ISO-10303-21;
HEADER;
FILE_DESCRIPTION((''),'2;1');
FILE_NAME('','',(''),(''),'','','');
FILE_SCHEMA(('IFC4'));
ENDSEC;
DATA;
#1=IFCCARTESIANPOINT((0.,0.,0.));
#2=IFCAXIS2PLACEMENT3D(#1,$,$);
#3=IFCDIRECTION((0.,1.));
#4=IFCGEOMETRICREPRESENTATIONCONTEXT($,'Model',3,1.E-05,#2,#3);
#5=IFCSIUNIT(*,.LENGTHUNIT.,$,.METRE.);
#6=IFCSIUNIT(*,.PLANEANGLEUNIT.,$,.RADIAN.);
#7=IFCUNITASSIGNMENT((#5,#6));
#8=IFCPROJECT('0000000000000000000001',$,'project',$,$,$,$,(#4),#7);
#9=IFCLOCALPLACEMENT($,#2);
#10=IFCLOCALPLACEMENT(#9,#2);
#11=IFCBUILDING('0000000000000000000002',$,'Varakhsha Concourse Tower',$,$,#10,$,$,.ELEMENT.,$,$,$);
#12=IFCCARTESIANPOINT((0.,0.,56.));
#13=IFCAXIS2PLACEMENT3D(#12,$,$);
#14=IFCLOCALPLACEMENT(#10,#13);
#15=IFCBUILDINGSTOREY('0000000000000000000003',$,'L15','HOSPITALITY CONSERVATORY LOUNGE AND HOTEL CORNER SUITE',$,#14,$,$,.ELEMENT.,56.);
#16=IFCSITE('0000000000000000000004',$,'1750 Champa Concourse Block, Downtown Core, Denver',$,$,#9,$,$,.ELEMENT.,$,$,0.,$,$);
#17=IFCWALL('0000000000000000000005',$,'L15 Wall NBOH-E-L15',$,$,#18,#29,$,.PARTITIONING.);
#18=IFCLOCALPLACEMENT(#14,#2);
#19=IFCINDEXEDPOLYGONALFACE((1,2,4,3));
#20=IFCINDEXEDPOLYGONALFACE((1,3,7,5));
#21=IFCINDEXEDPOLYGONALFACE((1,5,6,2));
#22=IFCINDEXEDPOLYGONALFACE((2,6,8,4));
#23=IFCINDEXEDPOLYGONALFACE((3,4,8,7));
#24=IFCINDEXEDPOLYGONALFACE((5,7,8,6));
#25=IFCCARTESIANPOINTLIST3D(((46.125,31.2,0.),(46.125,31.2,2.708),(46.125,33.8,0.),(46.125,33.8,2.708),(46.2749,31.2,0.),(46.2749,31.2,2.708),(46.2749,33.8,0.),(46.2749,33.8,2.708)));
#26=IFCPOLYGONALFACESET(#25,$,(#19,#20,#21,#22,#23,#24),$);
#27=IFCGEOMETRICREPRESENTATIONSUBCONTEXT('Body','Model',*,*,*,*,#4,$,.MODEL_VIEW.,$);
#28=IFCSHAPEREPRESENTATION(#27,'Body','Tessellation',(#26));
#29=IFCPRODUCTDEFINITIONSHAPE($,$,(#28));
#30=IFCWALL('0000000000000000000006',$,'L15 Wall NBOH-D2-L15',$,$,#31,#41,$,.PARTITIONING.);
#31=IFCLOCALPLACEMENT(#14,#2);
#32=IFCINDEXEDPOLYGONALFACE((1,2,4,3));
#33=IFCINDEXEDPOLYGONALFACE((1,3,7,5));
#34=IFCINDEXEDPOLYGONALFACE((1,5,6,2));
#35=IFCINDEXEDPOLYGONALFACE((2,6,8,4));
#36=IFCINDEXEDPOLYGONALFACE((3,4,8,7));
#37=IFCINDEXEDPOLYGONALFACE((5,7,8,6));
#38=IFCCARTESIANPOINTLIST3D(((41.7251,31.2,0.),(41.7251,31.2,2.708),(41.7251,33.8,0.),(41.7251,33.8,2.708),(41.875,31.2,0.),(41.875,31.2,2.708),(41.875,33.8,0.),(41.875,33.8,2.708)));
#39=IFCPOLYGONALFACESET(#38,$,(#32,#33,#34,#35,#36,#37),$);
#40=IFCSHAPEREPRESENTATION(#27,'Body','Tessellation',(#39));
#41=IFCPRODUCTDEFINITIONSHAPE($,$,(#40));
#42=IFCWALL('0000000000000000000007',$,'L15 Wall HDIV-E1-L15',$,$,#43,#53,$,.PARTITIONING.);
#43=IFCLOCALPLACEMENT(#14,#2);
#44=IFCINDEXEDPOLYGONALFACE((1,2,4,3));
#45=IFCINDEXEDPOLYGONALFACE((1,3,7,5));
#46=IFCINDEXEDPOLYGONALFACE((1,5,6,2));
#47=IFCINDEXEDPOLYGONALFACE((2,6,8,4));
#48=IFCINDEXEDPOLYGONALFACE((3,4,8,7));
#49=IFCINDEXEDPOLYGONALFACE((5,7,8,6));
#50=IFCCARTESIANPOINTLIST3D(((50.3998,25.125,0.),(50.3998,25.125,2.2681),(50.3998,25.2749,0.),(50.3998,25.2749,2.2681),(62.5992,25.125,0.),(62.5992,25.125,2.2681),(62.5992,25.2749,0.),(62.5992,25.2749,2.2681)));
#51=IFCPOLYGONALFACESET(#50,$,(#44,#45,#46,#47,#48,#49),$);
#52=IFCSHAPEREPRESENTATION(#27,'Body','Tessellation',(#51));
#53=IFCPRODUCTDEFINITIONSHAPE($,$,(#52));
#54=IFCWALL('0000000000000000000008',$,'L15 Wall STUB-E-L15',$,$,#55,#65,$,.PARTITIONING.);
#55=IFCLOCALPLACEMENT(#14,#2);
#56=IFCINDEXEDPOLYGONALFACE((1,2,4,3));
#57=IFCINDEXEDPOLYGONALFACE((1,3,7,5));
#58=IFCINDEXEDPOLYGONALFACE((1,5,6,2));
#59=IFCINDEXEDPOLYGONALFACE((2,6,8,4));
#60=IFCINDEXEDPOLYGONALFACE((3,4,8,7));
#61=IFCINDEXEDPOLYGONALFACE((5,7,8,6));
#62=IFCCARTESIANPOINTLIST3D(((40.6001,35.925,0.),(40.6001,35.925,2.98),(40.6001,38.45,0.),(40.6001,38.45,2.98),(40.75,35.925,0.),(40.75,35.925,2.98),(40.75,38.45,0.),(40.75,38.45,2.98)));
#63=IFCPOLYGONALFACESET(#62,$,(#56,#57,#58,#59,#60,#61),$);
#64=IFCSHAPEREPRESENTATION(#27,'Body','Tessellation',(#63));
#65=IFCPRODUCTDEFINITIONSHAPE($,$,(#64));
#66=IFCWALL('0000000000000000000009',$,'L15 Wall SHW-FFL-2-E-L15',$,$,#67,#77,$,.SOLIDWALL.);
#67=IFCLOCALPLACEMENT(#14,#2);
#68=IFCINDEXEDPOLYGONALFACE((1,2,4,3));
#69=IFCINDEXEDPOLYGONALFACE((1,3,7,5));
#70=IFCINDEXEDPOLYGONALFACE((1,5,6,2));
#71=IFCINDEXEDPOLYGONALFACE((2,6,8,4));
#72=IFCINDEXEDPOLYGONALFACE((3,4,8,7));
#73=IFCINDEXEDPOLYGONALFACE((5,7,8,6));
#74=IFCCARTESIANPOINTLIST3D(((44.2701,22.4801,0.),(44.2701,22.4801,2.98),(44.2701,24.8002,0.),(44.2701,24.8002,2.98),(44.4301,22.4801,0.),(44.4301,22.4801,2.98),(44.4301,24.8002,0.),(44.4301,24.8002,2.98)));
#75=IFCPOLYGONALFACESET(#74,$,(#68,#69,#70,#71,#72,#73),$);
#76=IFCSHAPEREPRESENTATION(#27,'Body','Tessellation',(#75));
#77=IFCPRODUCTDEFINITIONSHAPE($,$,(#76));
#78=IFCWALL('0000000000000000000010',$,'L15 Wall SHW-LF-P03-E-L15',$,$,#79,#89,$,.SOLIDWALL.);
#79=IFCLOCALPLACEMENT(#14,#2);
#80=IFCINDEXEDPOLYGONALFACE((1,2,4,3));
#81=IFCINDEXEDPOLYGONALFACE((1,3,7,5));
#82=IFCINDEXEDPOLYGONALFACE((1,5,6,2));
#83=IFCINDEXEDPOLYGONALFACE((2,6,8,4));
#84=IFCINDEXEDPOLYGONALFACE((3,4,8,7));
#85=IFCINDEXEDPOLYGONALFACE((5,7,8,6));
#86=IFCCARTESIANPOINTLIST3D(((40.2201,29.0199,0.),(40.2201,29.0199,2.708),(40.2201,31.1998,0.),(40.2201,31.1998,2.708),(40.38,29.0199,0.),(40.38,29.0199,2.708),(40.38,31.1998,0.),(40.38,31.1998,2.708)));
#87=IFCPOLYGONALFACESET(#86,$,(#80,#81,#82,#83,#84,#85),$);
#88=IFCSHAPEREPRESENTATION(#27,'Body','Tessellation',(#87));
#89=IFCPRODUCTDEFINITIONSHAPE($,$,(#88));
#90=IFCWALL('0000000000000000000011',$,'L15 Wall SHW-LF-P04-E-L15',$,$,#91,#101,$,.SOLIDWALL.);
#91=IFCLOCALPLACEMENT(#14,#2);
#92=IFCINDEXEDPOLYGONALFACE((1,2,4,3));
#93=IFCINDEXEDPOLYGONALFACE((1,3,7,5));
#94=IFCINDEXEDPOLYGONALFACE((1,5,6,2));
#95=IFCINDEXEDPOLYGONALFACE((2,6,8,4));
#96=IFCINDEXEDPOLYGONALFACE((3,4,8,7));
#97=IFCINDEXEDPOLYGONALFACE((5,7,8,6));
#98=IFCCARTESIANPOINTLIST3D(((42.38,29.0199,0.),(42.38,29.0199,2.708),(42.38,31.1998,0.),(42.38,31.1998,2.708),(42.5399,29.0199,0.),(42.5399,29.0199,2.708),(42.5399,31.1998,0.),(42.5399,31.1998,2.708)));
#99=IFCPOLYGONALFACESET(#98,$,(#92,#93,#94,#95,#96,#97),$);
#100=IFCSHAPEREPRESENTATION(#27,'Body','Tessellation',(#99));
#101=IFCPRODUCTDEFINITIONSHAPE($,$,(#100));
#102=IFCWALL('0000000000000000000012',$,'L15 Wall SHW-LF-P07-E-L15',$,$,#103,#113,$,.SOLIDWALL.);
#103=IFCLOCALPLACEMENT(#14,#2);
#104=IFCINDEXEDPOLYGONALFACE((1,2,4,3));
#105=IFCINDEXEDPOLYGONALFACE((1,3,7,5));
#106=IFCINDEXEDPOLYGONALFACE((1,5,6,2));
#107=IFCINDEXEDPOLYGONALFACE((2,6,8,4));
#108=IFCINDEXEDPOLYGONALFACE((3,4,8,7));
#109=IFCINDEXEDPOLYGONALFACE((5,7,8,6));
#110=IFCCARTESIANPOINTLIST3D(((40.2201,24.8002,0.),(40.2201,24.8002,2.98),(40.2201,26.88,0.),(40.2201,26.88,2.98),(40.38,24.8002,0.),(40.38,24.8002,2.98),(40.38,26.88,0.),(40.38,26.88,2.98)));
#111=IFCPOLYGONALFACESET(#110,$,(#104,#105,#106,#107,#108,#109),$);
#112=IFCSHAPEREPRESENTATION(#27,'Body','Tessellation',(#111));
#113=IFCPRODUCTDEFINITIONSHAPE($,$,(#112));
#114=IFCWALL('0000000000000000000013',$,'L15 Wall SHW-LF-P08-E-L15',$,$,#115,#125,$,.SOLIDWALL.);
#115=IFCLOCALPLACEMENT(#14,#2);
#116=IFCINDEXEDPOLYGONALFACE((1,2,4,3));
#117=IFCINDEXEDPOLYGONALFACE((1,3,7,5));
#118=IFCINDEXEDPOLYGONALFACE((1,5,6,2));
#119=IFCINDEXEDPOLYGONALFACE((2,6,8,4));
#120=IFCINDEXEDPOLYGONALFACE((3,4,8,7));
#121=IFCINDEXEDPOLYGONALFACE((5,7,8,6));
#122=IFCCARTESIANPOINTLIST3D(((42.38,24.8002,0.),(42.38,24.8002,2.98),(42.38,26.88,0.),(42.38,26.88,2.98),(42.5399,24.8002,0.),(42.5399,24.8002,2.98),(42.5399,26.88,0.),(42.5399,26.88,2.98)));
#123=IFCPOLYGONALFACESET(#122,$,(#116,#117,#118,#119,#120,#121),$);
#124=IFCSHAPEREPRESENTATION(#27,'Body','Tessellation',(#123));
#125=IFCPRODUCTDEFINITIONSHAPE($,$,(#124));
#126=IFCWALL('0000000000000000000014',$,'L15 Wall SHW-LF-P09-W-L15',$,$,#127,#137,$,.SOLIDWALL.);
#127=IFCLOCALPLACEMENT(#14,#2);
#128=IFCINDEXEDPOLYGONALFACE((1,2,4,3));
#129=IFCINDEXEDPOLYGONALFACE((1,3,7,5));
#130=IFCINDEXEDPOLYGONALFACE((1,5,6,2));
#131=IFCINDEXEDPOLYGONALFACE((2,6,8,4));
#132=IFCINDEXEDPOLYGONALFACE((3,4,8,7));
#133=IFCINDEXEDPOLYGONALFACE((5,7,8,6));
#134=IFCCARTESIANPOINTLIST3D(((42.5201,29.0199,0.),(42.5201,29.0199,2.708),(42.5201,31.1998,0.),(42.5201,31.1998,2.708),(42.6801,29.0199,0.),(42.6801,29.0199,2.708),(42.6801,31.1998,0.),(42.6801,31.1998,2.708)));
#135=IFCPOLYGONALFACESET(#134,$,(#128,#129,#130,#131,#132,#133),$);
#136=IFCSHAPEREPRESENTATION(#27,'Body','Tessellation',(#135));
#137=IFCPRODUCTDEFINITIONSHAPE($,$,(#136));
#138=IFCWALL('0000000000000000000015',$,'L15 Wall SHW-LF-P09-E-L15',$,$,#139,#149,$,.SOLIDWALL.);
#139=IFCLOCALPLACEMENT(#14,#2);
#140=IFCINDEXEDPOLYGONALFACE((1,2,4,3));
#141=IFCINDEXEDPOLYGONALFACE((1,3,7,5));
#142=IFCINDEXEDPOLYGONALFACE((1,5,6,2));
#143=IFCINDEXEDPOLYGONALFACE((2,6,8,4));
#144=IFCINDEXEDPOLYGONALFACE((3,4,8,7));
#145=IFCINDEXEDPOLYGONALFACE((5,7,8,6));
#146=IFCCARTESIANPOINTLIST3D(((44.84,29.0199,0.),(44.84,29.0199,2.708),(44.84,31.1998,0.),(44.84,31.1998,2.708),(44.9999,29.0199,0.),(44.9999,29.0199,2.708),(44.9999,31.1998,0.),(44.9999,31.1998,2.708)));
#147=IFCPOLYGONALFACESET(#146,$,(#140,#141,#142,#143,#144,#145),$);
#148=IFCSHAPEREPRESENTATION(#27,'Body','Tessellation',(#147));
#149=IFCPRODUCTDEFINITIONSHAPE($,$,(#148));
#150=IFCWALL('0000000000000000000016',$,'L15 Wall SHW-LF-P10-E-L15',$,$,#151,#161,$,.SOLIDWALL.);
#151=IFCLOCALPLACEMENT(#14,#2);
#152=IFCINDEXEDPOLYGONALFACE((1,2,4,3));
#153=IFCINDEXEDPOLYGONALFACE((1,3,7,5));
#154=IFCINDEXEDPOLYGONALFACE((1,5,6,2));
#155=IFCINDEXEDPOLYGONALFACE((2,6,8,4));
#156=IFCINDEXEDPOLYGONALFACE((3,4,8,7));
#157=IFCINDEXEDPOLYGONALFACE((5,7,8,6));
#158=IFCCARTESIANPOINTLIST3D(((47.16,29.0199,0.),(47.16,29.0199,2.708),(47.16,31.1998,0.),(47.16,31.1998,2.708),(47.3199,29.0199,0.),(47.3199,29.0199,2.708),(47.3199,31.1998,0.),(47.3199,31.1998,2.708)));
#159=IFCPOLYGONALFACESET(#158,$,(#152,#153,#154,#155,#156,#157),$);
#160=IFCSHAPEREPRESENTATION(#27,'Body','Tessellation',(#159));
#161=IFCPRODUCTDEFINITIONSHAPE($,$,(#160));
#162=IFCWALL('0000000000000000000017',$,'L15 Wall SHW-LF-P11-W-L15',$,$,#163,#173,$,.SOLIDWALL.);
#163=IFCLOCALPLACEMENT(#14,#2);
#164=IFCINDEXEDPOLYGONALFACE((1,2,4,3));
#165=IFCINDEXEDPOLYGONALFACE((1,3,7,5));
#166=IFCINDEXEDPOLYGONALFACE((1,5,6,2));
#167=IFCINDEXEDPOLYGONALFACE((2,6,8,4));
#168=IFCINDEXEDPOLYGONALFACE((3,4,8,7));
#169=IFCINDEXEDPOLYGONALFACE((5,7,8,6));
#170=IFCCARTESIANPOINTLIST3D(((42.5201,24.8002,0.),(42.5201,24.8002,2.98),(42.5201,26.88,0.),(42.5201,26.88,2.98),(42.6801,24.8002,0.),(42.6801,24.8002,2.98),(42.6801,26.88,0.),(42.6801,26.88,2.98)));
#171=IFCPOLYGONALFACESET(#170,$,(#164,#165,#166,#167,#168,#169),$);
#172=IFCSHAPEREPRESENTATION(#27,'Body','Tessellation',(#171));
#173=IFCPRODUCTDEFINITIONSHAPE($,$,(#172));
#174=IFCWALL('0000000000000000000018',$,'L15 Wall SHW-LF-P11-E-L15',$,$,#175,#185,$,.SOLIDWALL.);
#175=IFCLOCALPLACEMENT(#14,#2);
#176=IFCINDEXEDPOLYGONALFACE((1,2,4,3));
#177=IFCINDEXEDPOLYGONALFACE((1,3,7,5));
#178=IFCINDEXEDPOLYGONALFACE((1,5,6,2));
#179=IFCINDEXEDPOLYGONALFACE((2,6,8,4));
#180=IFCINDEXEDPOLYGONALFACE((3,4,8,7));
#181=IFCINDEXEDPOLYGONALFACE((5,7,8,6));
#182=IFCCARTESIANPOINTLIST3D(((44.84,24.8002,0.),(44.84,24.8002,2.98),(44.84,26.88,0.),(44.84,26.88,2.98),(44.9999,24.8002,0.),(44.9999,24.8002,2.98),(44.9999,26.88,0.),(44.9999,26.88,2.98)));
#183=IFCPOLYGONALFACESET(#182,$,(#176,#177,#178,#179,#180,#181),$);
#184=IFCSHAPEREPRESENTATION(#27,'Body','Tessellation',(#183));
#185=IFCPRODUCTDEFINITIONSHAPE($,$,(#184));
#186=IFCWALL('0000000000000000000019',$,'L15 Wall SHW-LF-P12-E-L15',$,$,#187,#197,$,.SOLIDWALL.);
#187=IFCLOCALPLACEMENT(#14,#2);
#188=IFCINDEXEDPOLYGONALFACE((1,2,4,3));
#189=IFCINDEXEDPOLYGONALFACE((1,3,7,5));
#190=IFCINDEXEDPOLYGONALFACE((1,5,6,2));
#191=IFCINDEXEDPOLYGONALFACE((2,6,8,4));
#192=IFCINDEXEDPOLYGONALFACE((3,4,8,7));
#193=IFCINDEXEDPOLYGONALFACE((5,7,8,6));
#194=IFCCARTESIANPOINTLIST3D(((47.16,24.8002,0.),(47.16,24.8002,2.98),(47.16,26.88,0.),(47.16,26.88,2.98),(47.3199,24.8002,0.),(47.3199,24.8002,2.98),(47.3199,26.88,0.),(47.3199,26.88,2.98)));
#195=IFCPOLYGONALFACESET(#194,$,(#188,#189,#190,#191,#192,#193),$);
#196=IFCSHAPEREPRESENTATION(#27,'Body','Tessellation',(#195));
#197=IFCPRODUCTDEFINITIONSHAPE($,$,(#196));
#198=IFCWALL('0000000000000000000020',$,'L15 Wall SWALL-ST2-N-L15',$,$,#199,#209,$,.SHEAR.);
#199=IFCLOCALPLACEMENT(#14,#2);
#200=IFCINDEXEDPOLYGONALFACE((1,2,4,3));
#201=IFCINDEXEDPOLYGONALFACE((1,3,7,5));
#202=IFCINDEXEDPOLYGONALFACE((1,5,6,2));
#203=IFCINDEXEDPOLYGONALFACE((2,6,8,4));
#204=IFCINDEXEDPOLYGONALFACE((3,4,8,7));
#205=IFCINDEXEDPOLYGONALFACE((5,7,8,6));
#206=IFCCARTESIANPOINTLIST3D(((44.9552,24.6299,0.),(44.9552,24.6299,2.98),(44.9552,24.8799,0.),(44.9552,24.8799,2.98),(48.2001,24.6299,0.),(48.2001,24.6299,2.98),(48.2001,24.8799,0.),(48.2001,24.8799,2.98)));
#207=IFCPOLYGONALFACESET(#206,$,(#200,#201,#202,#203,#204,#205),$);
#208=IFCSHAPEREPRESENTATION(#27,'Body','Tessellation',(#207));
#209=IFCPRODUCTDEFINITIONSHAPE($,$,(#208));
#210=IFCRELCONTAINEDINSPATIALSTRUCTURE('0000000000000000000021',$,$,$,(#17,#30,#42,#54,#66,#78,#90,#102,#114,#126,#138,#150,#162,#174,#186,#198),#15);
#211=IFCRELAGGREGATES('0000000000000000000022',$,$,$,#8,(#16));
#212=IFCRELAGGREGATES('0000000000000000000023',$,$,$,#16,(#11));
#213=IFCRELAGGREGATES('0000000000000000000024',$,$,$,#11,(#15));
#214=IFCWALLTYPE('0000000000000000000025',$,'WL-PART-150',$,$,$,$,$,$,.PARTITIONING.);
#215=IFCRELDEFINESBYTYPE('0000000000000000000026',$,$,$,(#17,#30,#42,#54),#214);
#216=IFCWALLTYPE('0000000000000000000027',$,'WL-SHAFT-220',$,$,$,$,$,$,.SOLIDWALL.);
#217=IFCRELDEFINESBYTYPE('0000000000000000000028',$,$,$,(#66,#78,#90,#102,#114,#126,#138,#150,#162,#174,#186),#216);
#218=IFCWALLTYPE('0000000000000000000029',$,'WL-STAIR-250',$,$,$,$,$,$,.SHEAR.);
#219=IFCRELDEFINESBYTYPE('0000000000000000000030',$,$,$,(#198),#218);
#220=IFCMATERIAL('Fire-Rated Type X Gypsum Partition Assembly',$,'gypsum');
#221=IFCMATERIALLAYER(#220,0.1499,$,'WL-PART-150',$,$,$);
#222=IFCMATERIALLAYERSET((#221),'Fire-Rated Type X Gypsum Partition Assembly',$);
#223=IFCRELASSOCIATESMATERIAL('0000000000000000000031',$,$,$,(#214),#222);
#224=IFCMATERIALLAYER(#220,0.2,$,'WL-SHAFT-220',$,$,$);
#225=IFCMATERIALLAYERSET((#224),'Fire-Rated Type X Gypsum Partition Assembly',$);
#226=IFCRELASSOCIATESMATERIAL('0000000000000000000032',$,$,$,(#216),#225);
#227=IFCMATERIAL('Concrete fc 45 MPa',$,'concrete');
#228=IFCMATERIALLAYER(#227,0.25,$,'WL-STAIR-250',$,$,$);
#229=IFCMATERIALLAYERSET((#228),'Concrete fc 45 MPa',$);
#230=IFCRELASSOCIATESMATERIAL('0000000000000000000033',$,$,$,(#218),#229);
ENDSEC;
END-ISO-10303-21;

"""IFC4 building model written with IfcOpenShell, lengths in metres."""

from ifc_helpers import new_model, si_unit, direction, frame, frame_2d, origin, place, context, subcontext, project, spatial, rectangle, extrude, material, layer, layer_set, type_object, element, save


model = new_model("IFC4")

# Units and contexts
model_context = context("Model", 3, precision=1e-05, world=origin(), true_north=direction((0.0, 1.0)))
body_context = subcontext(model_context, "Body", "Model", "MODEL_VIEW")
ifc_project = project(units=[si_unit("LENGTHUNIT", "METRE"), si_unit("PLANEANGLEUNIT", "RADIAN")], contexts=[model_context])

# Site, building, storey
site_placement = place(None, origin())
site = spatial("IfcSite", under=ifc_project, at=site_placement, Name="1750 Champa Concourse Block, Downtown Core, Denver", CompositionType="ELEMENT", RefElevation=0.0)
building_placement = place(site_placement, origin())
building = spatial("IfcBuilding", under=site, at=building_placement, Name="Varakhsha Concourse Tower", CompositionType="ELEMENT")
storey_placement = place(building_placement, frame((0.0, 0.0, 56.0)))
storey = spatial("IfcBuildingStorey", under=building, at=storey_placement, Name="L15", Description="HOSPITALITY CONSERVATORY LOUNGE AND HOTEL CORNER SUITE", CompositionType="ELEMENT", Elevation=56.0)

# Walls
ifc_material_1 = material(Name="Fire-Rated Type X Gypsum Partition Assembly", Category="gypsum")
ifc_layer_1 = layer(ifc_material_1, 0.1499, Name="WL-PART-150")
ifc_layer_set_1 = layer_set([ifc_layer_1], Name="Fire-Rated Type X Gypsum Partition Assembly")
wall_type_1 = type_object("IfcWallType", Name="WL-PART-150", PredefinedType="PARTITIONING", material=ifc_layer_set_1)
for number, where, z_axis, x_axis, name in (
    (1, (46.2, 31.2, 0.0), (0.0, 0.0, 1.0), (0.0, 1.0, 0.0), "L15 Wall NBOH-E-L15"),
    (2, (41.8, 31.2, 0.0), (0.0, 0.0, 1.0), (0.0, 1.0, 0.0), "L15 Wall NBOH-D2-L15"),
):
    element("IfcWall", number, at=place(storey_placement, frame(where, z_axis=z_axis, x_axis=x_axis)), inside=storey, type_object=wall_type_1, Name=name, PredefinedType="PARTITIONING", context=body_context, shape_type="SweptSolid", body=[
        extrude(rectangle(XDim=2.6001, YDim=0.1499, at=frame_2d((1.3, 0.0))), origin(), (0.0, 0.0, 1.0), 2.708),
    ])
wall_1_placement = place(storey_placement, frame((50.3999, 25.2, 0.0), z_axis=(0.0, 0.0, 1.0), x_axis=(1.0, 0.0, 0.0)))
element("IfcWall", 3, at=wall_1_placement, inside=storey, type_object=wall_type_1, Name="L15 Wall HDIV-E1-L15", PredefinedType="PARTITIONING", context=body_context, shape_type="SweptSolid", body=[
    extrude(rectangle(XDim=12.1995, YDim=0.1499, at=frame_2d((6.0996, 0.0))), origin(), (0.0, 0.0, 1.0), 2.2681),
])
wall_2_placement = place(storey_placement, frame((40.675, 35.925, 0.0), z_axis=(0.0, 0.0, 1.0), x_axis=(0.0, 1.0, 0.0)))
element("IfcWall", 4, at=wall_2_placement, inside=storey, type_object=wall_type_1, Name="L15 Wall STUB-E-L15", PredefinedType="PARTITIONING", context=body_context, shape_type="SweptSolid", body=[
    extrude(rectangle(XDim=2.5249, YDim=0.1499, at=frame_2d((1.2625, 0.0))), origin(), (0.0, 0.0, 1.0), 2.98),
])
ifc_layer_2 = layer(ifc_material_1, 0.2, Name="WL-SHAFT-220")
ifc_layer_set_2 = layer_set([ifc_layer_2], Name="Fire-Rated Type X Gypsum Partition Assembly")
wall_type_2 = type_object("IfcWallType", Name="WL-SHAFT-220", PredefinedType="SOLIDWALL", material=ifc_layer_set_2)
wall_3_placement = place(storey_placement, frame((44.3501, 22.48, 0.0), z_axis=(0.0, 0.0, 1.0), x_axis=(0.0, 1.0, 0.0)))
element("IfcWall", 5, at=wall_3_placement, inside=storey, type_object=wall_type_2, Name="L15 Wall SHW-FFL-2-E-L15", PredefinedType="SOLIDWALL", context=body_context, shape_type="SweptSolid", body=[
    extrude(rectangle(XDim=2.3201, YDim=0.1599, at=frame_2d((1.1602, 0.0))), origin(), (0.0, 0.0, 1.0), 2.98),
])
for number, where, z_axis, x_axis, name in (
    (6, (40.3, 29.02, 0.0), (0.0, 0.0, 1.0), (0.0, 1.0, 0.0), "L15 Wall SHW-LF-P03-E-L15"),
    (7, (42.46, 29.02, 0.0), (0.0, 0.0, 1.0), (0.0, 1.0, 0.0), "L15 Wall SHW-LF-P04-E-L15"),
):
    element("IfcWall", number, at=place(storey_placement, frame(where, z_axis=z_axis, x_axis=x_axis)), inside=storey, type_object=wall_type_2, Name=name, PredefinedType="SOLIDWALL", context=body_context, shape_type="SweptSolid", body=[
        extrude(rectangle(XDim=2.1799, YDim=0.1599, at=frame_2d((1.0898, 0.0))), origin(), (0.0, 0.0, 1.0), 2.708),
    ])
for number, where, z_axis, x_axis, name in (
    (8, (40.3, 24.8, 0.0), (0.0, 0.0, 1.0), (0.0, 1.0, 0.0), "L15 Wall SHW-LF-P07-E-L15"),
    (9, (42.46, 24.8, 0.0), (0.0, 0.0, 1.0), (0.0, 1.0, 0.0), "L15 Wall SHW-LF-P08-E-L15"),
):
    element("IfcWall", number, at=place(storey_placement, frame(where, z_axis=z_axis, x_axis=x_axis)), inside=storey, type_object=wall_type_2, Name=name, PredefinedType="SOLIDWALL", context=body_context, shape_type="SweptSolid", body=[
        extrude(rectangle(XDim=2.0798, YDim=0.1599, at=frame_2d((1.04, 0.0))), origin(), (0.0, 0.0, 1.0), 2.98),
    ])
for number, where, z_axis, x_axis, name in (
    (10, (42.6001, 29.02, 0.0), (0.0, 0.0, 1.0), (0.0, 1.0, 0.0), "L15 Wall SHW-LF-P09-W-L15"),
    (11, (44.9199, 29.02, 0.0), (0.0, 0.0, 1.0), (0.0, 1.0, 0.0), "L15 Wall SHW-LF-P09-E-L15"),
    (12, (47.24, 29.02, 0.0), (0.0, 0.0, 1.0), (0.0, 1.0, 0.0), "L15 Wall SHW-LF-P10-E-L15"),
):
    element("IfcWall", number, at=place(storey_placement, frame(where, z_axis=z_axis, x_axis=x_axis)), inside=storey, type_object=wall_type_2, Name=name, PredefinedType="SOLIDWALL", context=body_context, shape_type="SweptSolid", body=[
        extrude(rectangle(XDim=2.1799, YDim=0.1599, at=frame_2d((1.0898, 0.0))), origin(), (0.0, 0.0, 1.0), 2.708),
    ])
for number, where, z_axis, x_axis, name in (
    (13, (42.6001, 24.8, 0.0), (0.0, 0.0, 1.0), (0.0, 1.0, 0.0), "L15 Wall SHW-LF-P11-W-L15"),
    (14, (44.9199, 24.8, 0.0), (0.0, 0.0, 1.0), (0.0, 1.0, 0.0), "L15 Wall SHW-LF-P11-E-L15"),
    (15, (47.24, 24.8, 0.0), (0.0, 0.0, 1.0), (0.0, 1.0, 0.0), "L15 Wall SHW-LF-P12-E-L15"),
):
    element("IfcWall", number, at=place(storey_placement, frame(where, z_axis=z_axis, x_axis=x_axis)), inside=storey, type_object=wall_type_2, Name=name, PredefinedType="SOLIDWALL", context=body_context, shape_type="SweptSolid", body=[
        extrude(rectangle(XDim=2.0798, YDim=0.1599, at=frame_2d((1.04, 0.0))), origin(), (0.0, 0.0, 1.0), 2.98),
    ])
ifc_material_2 = material(Name="Concrete fc 45 MPa", Category="concrete")
ifc_layer_3 = layer(ifc_material_2, 0.25, Name="WL-STAIR-250")
ifc_layer_set_3 = layer_set([ifc_layer_3], Name="Concrete fc 45 MPa")
wall_type_3 = type_object("IfcWallType", Name="WL-STAIR-250", PredefinedType="SHEAR", material=ifc_layer_set_3)
wall_4_placement = place(storey_placement, frame((44.9551, 24.7549, 0.0), z_axis=(0.0, 0.0, 1.0), x_axis=(1.0, 0.0, 0.0)))
element("IfcWall", 16, at=wall_4_placement, inside=storey, type_object=wall_type_3, Name="L15 Wall SWALL-ST2-N-L15", PredefinedType="SHEAR", context=body_context, shape_type="SweptSolid", body=[
    extrude(rectangle(XDim=3.2449, YDim=0.25, at=frame_2d((1.6226, 0.0))), origin(), (0.0, 0.0, 1.0), 2.98),
])

save(model, "model.ifc")
